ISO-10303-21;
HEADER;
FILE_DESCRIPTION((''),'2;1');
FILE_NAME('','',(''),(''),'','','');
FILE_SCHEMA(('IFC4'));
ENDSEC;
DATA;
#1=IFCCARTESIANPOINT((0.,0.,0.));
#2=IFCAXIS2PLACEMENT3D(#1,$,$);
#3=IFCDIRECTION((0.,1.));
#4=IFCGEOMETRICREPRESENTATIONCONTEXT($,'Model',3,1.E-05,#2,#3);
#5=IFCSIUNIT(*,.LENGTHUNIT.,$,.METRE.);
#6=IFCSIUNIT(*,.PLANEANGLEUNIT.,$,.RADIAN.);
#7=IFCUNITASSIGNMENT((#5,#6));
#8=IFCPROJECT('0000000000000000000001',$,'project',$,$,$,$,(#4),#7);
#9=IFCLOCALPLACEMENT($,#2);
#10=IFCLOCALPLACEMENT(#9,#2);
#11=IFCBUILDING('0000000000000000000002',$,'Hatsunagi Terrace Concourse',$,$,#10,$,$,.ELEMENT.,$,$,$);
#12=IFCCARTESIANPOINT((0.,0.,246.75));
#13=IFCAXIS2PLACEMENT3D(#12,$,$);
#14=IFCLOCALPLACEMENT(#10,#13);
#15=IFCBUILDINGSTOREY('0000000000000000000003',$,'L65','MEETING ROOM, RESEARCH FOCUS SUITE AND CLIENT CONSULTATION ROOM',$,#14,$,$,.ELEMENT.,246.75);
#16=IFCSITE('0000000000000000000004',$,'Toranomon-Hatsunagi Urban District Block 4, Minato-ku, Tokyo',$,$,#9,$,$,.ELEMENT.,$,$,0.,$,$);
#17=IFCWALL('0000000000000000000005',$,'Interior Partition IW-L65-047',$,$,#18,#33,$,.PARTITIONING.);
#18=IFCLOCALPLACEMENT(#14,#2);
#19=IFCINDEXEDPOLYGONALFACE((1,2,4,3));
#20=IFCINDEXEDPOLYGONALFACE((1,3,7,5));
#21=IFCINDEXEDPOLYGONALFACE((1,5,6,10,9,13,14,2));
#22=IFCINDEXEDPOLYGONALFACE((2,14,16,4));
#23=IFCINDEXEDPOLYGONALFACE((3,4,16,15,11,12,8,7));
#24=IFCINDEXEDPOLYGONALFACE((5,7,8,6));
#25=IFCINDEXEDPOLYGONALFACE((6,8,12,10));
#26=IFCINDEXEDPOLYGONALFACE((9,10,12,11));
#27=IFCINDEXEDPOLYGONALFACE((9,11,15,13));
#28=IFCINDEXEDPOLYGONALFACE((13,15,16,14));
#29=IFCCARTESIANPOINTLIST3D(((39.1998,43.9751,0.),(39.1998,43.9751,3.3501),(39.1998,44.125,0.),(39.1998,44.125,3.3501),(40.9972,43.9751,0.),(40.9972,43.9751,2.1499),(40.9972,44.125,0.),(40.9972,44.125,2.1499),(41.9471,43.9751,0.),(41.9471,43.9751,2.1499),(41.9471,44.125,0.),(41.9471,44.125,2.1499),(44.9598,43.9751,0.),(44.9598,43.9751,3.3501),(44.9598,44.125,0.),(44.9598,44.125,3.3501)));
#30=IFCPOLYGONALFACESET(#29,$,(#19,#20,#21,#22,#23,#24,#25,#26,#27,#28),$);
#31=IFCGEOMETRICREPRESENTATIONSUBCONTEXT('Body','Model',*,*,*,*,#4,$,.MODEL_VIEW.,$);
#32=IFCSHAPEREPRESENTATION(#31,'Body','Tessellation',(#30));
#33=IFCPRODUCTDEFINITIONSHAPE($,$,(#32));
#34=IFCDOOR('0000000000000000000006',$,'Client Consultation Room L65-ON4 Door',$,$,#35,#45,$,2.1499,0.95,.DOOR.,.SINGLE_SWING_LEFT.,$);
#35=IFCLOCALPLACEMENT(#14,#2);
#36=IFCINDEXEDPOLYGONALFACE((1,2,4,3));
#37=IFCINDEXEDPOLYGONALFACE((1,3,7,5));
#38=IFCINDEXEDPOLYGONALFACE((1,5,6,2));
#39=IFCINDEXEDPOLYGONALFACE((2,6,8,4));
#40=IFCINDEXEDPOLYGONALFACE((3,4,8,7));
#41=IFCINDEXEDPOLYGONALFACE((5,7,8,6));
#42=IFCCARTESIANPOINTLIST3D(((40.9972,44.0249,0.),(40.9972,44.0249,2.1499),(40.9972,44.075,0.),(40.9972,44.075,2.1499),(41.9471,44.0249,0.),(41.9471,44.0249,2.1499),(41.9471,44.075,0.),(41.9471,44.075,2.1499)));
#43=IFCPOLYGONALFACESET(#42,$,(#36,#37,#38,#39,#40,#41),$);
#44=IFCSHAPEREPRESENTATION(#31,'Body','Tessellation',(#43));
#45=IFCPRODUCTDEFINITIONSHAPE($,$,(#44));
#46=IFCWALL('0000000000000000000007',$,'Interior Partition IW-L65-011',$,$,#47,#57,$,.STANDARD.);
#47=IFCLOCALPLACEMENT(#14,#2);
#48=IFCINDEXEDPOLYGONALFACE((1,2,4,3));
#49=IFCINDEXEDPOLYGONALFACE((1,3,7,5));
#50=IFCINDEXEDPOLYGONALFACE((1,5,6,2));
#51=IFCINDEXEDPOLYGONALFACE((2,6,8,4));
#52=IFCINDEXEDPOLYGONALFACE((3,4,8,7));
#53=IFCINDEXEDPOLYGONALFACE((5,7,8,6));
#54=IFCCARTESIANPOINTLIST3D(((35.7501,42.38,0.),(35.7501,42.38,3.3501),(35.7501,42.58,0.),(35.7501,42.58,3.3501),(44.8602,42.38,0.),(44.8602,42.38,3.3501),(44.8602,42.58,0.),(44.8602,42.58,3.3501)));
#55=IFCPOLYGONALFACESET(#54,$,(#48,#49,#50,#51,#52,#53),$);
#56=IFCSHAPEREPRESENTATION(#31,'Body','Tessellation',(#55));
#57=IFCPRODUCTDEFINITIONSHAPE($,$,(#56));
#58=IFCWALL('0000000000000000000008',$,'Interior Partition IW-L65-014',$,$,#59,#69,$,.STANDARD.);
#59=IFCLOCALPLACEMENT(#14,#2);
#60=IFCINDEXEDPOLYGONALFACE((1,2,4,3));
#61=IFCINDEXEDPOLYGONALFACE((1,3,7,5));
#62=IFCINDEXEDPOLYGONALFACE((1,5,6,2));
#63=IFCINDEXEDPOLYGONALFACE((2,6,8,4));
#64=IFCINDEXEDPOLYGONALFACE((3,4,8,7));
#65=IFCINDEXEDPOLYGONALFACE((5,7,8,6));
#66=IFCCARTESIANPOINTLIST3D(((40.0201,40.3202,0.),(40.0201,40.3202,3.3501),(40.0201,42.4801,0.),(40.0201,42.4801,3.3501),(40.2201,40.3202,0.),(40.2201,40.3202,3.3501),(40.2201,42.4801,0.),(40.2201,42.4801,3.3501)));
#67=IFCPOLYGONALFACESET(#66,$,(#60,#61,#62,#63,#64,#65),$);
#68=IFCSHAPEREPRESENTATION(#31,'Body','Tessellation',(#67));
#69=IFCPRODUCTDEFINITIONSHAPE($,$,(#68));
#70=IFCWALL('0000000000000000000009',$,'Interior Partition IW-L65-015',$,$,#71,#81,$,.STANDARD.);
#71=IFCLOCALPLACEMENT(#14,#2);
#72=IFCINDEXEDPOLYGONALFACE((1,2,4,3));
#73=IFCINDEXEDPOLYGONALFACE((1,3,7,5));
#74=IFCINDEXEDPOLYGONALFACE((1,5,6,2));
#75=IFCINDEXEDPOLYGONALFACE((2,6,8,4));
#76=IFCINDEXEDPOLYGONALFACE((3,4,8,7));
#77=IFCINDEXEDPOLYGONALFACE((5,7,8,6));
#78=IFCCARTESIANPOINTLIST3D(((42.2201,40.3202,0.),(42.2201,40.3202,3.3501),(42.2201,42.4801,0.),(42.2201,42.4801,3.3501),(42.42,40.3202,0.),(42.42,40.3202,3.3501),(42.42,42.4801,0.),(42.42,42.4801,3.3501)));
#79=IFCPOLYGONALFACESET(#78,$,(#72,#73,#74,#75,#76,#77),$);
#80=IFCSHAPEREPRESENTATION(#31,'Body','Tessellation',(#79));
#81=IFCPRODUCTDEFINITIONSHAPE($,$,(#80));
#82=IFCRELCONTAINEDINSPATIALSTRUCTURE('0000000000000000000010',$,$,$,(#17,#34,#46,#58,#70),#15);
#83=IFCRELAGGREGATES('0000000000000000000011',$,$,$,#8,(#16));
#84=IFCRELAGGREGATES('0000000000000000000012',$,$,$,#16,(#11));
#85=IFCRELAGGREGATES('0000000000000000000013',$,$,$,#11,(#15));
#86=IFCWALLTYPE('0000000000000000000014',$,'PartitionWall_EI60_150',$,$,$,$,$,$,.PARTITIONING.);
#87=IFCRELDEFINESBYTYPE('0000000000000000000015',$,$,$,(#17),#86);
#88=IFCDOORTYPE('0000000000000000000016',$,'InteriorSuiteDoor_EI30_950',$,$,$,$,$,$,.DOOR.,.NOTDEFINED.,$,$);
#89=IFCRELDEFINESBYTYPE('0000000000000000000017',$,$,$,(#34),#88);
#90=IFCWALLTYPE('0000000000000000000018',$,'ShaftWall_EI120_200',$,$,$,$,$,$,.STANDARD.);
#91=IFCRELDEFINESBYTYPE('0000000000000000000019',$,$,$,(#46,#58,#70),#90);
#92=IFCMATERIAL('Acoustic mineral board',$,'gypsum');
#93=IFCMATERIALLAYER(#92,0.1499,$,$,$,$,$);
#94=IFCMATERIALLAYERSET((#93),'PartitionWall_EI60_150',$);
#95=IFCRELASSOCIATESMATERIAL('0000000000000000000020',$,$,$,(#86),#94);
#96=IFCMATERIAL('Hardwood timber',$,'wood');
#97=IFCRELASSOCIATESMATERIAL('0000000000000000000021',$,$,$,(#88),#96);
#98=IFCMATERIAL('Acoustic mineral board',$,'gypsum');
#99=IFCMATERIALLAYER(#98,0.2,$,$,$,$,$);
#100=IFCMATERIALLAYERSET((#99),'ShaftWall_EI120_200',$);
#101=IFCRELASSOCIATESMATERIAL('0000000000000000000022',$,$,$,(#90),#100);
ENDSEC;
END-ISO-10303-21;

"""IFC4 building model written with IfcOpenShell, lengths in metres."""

from ifc_helpers import new_model, si_unit, direction, frame, frame_2d, origin, place, context, subcontext, project, spatial, rectangle, extrude, material, layer, layer_set, type_object, element, fill, save


model = new_model("IFC4")

# Units and contexts
model_context = context("Model", 3, precision=1e-05, world=origin(), true_north=direction((0.0, 1.0)))
body_context = subcontext(model_context, "Body", "Model", "MODEL_VIEW")
ifc_project = project(units=[si_unit("LENGTHUNIT", "METRE"), si_unit("PLANEANGLEUNIT", "RADIAN")], contexts=[model_context])

# Site, building, storey
site_placement = place(None, origin())
site = spatial("IfcSite", under=ifc_project, at=site_placement, Name="Toranomon-Hatsunagi Urban District Block 4, Minato-ku, Tokyo", CompositionType="ELEMENT", RefElevation=0.0)
building_placement = place(site_placement, origin())
building = spatial("IfcBuilding", under=site, at=building_placement, Name="Hatsunagi Terrace Concourse", CompositionType="ELEMENT")
storey_placement = place(building_placement, frame((0.0, 0.0, 246.75)))
storey = spatial("IfcBuildingStorey", under=building, at=storey_placement, Name="L65", Description="MEETING ROOM, RESEARCH FOCUS SUITE AND CLIENT CONSULTATION ROOM", CompositionType="ELEMENT", Elevation=246.75)

# Shared definitions
ifc_material_1 = material(Name="Acoustic mineral board", Category="gypsum")
ifc_layer_1 = layer(ifc_material_1, 0.1499)
ifc_layer_set_1 = layer_set([ifc_layer_1], Name="PartitionWall_EI60_150")
wall_type_1 = type_object("IfcWallType", Name="PartitionWall_EI60_150", PredefinedType="PARTITIONING", material=ifc_layer_set_1)

# Shared definitions
ifc_material_2 = material(Name="Hardwood timber", Category="wood")
door_type = type_object("IfcDoorType", Name="InteriorSuiteDoor_EI30_950", OperationType="NOTDEFINED", PredefinedType="DOOR", material=ifc_material_2)

# Wall, opening, door
wall_1_placement = place(storey_placement, frame((39.2, 44.05, 0.0), z_axis=(0.0, 0.0, 1.0), x_axis=(1.0, 0.0, 0.0)))
wall_1 = element("IfcWall", 1, at=wall_1_placement, inside=storey, type_object=wall_type_1, Name="Interior Partition IW-L65-047", PredefinedType="PARTITIONING", context=body_context, shape_type="SweptSolid", body=[
    extrude(rectangle(XDim=5.76, YDim=0.1499, at=frame_2d((2.8799, 0.0))), origin(), (0.0, 0.0, 1.0), 3.3501),
])
opening_1_placement = place(wall_1_placement, frame((1.7971, 0.0, 0.0)))
opening_1 = element("IfcOpeningElement", 2, at=opening_1_placement, cuts=wall_1, PredefinedType="OPENING", context=body_context, shape_type="SweptSolid", body=[
    extrude(rectangle(XDim=0.95, YDim=2.1499, at=frame_2d((0.4751, 1.075))), frame((0.0, 0.085, 0.0), z_axis=(0.0, -1.0, 0.0), x_axis=(1.0, 0.0, 0.0)), (0.0, 0.0, 1.0), 0.1699),
])
door_1_placement = place(opening_1_placement, origin())
door_1 = element("IfcDoor", 3, at=door_1_placement, inside=storey, type_object=door_type, Name="Client Consultation Room L65-ON4 Door", OperationType="SINGLE_SWING_LEFT", OverallHeight=2.1499, OverallWidth=0.95, PredefinedType="DOOR", context=body_context, shape_type="SweptSolid", body=[
    extrude(rectangle(XDim=0.95, YDim=2.1499, at=frame_2d((0.4751, 1.075))), frame((0.0, 0.0249, 0.0), z_axis=(0.0, -1.0, 0.0), x_axis=(1.0, 0.0, 0.0)), (0.0, 0.0, 1.0), 0.05),
])
fill(opening_1, door_1)

# Walls
ifc_material_3 = material(Name="Acoustic mineral board", Category="gypsum")
ifc_layer_2 = layer(ifc_material_3, 0.2)
ifc_layer_set_2 = layer_set([ifc_layer_2], Name="ShaftWall_EI120_200")
wall_type_2 = type_object("IfcWallType", Name="ShaftWall_EI120_200", PredefinedType="STANDARD", material=ifc_layer_set_2)
wall_2_placement = place(storey_placement, frame((35.75, 42.48, 0.0), z_axis=(0.0, 0.0, 1.0), x_axis=(1.0, 0.0, 0.0)))
element("IfcWall", 4, at=wall_2_placement, inside=storey, type_object=wall_type_2, Name="Interior Partition IW-L65-011", PredefinedType="STANDARD", context=body_context, shape_type="SweptSolid", body=[
    extrude(rectangle(XDim=9.1101, YDim=0.2, at=frame_2d((4.5552, 0.0))), origin(), (0.0, 0.0, 1.0), 3.3501),
])
for number, where, z_axis, x_axis, name in (
    (5, (40.1201, 40.3201, 0.0), (0.0, 0.0, 1.0), (0.0, 1.0, 0.0), "Interior Partition IW-L65-014"),
    (6, (42.3201, 40.3201, 0.0), (0.0, 0.0, 1.0), (0.0, 1.0, 0.0), "Interior Partition IW-L65-015"),
):
    element("IfcWall", number, at=place(storey_placement, frame(where, z_axis=z_axis, x_axis=x_axis)), inside=storey, type_object=wall_type_2, Name=name, PredefinedType="STANDARD", context=body_context, shape_type="SweptSolid", body=[
        extrude(rectangle(XDim=2.1599, YDim=0.2, at=frame_2d((1.0801, 0.0))), origin(), (0.0, 0.0, 1.0), 3.3501),
    ])

save(model, "model.ifc")
